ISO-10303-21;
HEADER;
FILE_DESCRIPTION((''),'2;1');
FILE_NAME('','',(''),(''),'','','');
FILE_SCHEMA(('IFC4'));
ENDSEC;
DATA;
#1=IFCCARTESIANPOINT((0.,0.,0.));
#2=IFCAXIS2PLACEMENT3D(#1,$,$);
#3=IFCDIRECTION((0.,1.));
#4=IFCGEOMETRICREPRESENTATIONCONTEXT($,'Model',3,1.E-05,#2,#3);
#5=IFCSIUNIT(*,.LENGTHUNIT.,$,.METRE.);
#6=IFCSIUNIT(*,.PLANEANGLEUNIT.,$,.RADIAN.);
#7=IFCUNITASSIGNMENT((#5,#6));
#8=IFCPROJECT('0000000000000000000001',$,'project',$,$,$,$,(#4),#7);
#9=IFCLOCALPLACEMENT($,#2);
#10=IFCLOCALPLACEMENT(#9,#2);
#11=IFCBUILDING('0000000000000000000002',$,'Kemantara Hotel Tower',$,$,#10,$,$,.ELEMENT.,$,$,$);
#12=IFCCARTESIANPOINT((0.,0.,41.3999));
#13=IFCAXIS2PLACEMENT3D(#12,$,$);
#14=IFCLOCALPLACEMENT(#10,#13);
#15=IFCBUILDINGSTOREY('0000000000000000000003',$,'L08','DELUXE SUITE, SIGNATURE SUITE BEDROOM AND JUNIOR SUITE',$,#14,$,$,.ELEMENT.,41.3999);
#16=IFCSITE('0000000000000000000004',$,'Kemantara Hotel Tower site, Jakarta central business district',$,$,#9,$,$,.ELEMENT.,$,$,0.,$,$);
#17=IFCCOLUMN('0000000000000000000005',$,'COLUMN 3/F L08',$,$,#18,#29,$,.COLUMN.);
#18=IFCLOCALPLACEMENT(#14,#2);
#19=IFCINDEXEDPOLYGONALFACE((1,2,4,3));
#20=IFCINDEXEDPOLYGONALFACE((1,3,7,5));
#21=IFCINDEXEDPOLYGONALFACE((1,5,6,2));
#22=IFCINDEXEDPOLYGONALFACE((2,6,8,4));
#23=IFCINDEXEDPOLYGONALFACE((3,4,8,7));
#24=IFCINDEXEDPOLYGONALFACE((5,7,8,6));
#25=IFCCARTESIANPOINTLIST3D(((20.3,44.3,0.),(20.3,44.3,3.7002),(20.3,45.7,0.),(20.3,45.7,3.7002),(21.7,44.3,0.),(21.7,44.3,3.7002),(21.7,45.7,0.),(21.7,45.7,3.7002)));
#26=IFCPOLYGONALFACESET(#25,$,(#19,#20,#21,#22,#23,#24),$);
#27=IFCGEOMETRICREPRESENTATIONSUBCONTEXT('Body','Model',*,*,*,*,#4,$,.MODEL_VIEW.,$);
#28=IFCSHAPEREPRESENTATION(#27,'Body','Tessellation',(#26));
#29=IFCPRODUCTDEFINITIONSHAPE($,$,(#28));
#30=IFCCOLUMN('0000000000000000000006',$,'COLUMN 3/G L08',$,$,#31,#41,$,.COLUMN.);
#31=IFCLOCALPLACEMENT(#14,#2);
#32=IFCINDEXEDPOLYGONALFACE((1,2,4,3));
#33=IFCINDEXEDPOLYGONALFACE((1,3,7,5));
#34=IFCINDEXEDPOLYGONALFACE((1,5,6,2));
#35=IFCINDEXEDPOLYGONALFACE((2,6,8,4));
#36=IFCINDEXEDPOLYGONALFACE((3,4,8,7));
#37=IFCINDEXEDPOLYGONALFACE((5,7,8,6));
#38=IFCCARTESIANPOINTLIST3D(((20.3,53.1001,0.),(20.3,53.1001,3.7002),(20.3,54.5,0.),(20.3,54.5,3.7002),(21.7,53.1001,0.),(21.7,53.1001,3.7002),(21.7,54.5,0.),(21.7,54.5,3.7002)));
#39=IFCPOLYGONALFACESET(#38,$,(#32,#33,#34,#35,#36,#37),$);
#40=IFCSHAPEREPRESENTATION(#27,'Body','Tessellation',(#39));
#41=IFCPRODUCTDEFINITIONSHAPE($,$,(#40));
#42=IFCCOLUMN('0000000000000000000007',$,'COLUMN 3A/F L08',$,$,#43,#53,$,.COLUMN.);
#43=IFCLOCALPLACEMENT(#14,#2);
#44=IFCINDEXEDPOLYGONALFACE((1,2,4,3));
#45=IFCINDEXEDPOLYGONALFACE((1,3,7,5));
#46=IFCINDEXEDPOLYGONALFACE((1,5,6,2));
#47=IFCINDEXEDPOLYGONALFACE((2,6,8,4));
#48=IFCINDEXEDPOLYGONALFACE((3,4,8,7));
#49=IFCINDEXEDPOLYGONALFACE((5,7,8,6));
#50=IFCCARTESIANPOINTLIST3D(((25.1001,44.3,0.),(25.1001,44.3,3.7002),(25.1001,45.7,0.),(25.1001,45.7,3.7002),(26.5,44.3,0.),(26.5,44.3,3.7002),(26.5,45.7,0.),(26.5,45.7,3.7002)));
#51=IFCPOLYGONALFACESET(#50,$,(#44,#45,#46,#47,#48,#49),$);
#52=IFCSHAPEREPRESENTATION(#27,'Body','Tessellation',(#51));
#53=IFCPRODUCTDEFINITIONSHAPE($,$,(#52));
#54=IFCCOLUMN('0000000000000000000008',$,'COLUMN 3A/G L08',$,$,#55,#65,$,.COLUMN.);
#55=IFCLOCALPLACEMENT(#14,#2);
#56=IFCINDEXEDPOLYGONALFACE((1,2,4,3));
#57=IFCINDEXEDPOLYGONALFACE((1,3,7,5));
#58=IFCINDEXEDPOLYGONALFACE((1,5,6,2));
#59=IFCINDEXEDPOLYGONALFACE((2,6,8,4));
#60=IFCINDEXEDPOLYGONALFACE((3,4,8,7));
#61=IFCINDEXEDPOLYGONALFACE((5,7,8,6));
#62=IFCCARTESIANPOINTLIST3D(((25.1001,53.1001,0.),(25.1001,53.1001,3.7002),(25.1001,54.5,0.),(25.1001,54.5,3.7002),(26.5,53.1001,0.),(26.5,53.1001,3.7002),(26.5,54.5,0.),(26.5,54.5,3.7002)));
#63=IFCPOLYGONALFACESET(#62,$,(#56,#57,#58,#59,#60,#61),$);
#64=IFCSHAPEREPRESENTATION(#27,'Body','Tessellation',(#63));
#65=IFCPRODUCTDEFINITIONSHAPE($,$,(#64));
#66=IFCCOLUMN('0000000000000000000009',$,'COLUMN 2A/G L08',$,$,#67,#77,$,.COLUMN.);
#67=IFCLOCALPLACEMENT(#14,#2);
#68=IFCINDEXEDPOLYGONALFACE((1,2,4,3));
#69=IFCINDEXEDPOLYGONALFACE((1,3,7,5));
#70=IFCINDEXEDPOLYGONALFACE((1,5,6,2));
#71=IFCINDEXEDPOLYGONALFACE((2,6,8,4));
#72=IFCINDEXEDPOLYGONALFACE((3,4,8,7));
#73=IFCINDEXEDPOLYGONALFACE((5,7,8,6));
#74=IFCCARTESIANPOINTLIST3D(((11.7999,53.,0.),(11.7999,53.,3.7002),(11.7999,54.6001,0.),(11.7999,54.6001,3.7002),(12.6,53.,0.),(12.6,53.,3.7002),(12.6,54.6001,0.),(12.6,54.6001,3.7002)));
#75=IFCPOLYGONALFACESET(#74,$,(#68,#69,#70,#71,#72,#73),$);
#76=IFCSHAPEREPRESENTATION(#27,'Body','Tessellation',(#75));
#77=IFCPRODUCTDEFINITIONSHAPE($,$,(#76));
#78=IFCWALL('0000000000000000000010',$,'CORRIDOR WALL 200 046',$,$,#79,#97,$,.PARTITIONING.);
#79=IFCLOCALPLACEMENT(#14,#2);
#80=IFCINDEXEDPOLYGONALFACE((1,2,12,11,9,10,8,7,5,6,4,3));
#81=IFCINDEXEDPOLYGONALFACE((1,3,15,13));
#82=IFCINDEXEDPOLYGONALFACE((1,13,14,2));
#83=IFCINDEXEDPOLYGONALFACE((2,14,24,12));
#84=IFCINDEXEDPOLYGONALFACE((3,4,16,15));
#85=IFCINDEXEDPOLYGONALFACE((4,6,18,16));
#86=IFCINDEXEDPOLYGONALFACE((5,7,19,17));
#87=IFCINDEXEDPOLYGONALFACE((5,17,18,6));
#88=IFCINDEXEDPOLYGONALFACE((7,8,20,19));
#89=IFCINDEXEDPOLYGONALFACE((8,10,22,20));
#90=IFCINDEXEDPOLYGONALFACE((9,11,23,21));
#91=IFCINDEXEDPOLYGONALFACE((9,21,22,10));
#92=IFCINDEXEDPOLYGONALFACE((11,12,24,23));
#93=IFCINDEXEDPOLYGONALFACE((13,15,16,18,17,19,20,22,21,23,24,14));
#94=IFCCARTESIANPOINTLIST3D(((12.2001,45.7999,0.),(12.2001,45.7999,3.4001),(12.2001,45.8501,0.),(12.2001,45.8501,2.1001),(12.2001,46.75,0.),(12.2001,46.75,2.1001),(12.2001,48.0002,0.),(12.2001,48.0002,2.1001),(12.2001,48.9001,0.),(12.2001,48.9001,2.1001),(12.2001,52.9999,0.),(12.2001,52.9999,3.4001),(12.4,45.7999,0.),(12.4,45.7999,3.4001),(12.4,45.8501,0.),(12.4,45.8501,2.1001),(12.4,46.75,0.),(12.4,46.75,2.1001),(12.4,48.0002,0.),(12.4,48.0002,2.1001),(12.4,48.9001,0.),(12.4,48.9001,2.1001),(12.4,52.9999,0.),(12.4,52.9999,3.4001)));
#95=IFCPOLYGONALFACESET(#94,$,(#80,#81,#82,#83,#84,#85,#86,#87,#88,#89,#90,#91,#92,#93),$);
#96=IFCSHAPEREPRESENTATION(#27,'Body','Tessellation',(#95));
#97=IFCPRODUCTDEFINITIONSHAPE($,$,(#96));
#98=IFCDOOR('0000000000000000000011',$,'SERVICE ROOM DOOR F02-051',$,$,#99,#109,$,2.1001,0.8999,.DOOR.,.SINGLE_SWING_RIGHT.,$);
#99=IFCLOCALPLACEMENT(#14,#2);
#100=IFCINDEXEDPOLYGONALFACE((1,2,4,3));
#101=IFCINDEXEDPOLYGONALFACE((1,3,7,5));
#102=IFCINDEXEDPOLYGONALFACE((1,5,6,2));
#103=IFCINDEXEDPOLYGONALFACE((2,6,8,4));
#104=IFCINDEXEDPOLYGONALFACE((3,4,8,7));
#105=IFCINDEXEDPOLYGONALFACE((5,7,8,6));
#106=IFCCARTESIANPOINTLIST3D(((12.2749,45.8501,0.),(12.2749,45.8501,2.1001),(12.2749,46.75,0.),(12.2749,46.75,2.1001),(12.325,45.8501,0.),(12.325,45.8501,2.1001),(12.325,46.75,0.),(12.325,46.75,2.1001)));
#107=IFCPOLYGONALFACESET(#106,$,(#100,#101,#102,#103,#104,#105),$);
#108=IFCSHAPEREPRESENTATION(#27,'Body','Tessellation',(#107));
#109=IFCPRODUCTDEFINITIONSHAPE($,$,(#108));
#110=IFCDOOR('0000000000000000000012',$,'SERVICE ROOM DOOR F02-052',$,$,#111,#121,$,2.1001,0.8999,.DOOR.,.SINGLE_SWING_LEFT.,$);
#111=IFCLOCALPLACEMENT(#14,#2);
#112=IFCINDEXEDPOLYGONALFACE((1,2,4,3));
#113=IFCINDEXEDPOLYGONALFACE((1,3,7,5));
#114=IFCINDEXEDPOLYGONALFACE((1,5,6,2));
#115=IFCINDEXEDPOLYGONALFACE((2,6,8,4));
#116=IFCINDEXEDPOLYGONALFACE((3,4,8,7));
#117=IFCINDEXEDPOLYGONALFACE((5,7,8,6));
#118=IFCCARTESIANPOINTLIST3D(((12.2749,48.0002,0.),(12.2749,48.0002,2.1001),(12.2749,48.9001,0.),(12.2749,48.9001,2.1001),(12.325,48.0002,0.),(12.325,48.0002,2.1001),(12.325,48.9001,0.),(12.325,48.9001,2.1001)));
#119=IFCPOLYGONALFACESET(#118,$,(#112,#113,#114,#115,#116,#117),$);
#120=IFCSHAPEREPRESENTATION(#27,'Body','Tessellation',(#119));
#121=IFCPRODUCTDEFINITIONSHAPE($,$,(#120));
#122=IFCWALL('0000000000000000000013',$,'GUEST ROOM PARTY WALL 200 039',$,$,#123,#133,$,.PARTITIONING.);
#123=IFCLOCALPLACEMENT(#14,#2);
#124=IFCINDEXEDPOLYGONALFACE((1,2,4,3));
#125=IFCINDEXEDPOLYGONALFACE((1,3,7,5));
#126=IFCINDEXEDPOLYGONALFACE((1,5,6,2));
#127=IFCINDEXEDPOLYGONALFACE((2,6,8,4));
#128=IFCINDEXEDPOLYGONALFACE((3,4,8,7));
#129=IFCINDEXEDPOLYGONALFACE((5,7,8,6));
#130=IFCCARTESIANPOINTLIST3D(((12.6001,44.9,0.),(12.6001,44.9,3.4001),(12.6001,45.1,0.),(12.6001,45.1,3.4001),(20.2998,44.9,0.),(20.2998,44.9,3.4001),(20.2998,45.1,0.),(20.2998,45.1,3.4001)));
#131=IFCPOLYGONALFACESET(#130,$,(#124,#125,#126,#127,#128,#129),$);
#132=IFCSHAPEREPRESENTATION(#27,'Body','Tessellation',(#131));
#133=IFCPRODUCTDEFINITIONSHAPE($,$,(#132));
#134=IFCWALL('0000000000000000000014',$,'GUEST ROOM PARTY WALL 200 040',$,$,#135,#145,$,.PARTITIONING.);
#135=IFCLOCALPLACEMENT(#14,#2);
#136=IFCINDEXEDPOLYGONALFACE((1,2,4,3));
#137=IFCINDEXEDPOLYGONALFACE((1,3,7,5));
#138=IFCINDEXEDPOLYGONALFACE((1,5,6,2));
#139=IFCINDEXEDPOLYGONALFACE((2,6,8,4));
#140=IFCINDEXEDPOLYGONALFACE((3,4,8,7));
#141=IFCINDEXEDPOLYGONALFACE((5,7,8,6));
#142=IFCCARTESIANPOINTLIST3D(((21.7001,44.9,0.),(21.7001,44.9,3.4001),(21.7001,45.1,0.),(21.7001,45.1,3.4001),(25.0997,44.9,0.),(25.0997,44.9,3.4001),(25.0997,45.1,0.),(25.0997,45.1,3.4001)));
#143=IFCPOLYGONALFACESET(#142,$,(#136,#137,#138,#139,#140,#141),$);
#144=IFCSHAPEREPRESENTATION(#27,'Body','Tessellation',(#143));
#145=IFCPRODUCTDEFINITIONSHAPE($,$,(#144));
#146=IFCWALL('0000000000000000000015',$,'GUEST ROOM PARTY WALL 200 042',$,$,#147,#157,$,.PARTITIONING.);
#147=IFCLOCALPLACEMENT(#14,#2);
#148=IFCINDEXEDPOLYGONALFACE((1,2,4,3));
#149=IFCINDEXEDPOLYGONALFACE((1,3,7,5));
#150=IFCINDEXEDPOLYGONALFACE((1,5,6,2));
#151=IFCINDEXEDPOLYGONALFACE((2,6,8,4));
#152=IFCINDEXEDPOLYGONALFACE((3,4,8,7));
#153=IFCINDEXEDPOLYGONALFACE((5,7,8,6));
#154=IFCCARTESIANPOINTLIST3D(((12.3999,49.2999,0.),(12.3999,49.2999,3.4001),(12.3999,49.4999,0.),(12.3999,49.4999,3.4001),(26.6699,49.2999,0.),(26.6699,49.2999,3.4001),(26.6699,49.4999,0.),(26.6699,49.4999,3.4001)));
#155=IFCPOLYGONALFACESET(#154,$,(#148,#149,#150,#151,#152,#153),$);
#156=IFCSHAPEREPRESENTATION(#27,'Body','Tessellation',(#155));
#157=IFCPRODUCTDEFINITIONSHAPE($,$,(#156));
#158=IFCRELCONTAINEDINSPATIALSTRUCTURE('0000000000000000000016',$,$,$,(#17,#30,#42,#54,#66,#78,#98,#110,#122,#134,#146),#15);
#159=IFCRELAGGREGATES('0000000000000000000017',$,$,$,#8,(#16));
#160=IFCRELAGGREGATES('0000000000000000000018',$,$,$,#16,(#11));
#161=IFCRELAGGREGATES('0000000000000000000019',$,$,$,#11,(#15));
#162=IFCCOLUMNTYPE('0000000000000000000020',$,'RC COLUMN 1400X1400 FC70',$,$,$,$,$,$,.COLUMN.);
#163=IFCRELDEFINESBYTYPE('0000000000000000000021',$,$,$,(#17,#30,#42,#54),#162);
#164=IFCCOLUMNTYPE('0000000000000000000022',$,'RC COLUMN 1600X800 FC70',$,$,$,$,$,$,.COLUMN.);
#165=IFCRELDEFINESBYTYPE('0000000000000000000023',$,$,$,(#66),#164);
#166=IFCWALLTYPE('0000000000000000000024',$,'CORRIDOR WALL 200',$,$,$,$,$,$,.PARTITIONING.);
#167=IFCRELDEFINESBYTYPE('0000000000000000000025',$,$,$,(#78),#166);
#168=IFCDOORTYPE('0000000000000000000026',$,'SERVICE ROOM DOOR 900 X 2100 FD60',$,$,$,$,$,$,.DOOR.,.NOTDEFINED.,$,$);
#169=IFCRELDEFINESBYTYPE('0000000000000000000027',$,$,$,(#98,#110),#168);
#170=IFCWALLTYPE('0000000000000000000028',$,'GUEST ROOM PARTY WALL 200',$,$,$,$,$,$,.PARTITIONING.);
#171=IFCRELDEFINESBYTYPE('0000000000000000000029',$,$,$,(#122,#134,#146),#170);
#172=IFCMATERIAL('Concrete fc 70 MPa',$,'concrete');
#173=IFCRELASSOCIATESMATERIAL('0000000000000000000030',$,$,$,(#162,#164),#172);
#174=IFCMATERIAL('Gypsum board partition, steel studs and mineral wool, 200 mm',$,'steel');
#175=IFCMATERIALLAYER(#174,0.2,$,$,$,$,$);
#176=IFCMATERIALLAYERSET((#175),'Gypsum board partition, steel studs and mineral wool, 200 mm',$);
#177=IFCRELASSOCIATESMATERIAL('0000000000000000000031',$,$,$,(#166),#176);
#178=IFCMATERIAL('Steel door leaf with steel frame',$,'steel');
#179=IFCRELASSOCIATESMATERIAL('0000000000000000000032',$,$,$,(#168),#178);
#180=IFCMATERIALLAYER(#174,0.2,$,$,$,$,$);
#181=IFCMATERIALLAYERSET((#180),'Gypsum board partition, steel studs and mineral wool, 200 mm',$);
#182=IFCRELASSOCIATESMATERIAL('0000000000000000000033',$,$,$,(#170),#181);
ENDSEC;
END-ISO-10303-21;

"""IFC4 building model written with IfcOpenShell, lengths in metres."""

from ifc_helpers import new_model, si_unit, direction, frame, frame_2d, origin, origin_2d, place, context, subcontext, project, spatial, rectangle, extrude, material, layer, layer_set, material_profile, profile_set, type_object, element, fill, save


model = new_model("IFC4")

# Units and contexts
model_context = context("Model", 3, precision=1e-05, world=origin(), true_north=direction((0.0, 1.0)))
body_context = subcontext(model_context, "Body", "Model", "MODEL_VIEW")
ifc_project = project(units=[si_unit("LENGTHUNIT", "METRE"), si_unit("PLANEANGLEUNIT", "RADIAN")], contexts=[model_context])

# Site, building, storey
site_placement = place(None, origin())
site = spatial("IfcSite", under=ifc_project, at=site_placement, Name="Kemantara Hotel Tower site, Jakarta central business district", CompositionType="ELEMENT", RefElevation=0.0)
building_placement = place(site_placement, origin())
building = spatial("IfcBuilding", under=site, at=building_placement, Name="Kemantara Hotel Tower", CompositionType="ELEMENT")
storey_placement = place(building_placement, frame((0.0, 0.0, 41.3999)))
storey = spatial("IfcBuildingStorey", under=building, at=storey_placement, Name="L08", Description="DELUXE SUITE, SIGNATURE SUITE BEDROOM AND JUNIOR SUITE", CompositionType="ELEMENT", Elevation=41.3999)

# Columns
ifc_material_1 = material(Name="Concrete fc 70 MPa", Category="concrete")
ifc_material_profile_1 = material_profile(ifc_material_1, rectangle(XDim=1.3999, YDim=1.3999, at=origin_2d()), Name="RC 1400X1400")
ifc_profile_set_1 = profile_set([ifc_material_profile_1], Name="Concrete fc 70 MPa")
column_type_1 = type_object("IfcColumnType", Name="RC COLUMN 1400X1400 FC70", PredefinedType="COLUMN", material=ifc_profile_set_1)
for number, where, z_axis, x_axis, name in (
    (1, (21.0, 45.0, 0.0), (0.0, 0.0, 1.0), (1.0, 0.0, 0.0), "COLUMN 3/F L08"),
    (2, (21.0, 53.8, 0.0), (0.0, 0.0, 1.0), (1.0, 0.0, 0.0), "COLUMN 3/G L08"),
    (3, (25.8, 45.0, 0.0), (0.0, 0.0, 1.0), (1.0, 0.0, 0.0), "COLUMN 3A/F L08"),
    (4, (25.8, 53.8, 0.0), (0.0, 0.0, 1.0), (1.0, 0.0, 0.0), "COLUMN 3A/G L08"),
):
    element("IfcColumn", number, at=place(storey_placement, frame(where, z_axis=z_axis, x_axis=x_axis)), inside=storey, type_object=column_type_1, Name=name, PredefinedType="COLUMN", context=body_context, shape_type="SweptSolid", body=[
        extrude(rectangle(XDim=1.3999, YDim=1.3999, at=origin_2d()), origin(), (0.0, 0.0, 1.0), 3.7002),
    ])
ifc_material_profile_2 = material_profile(ifc_material_1, rectangle(XDim=1.6001, YDim=0.8, at=origin_2d()), Name="RC 1600X800")
ifc_profile_set_2 = profile_set([ifc_material_profile_2], Name="Concrete fc 70 MPa")
column_type_2 = type_object("IfcColumnType", Name="RC COLUMN 1600X800 FC70", PredefinedType="COLUMN", material=ifc_profile_set_2)
column_placement = place(storey_placement, frame((12.2, 53.8, 0.0), z_axis=(0.0, 0.0, 1.0), x_axis=(0.0, 1.0, 0.0)))
element("IfcColumn", 5, at=column_placement, inside=storey, type_object=column_type_2, Name="COLUMN 2A/G L08", PredefinedType="COLUMN", context=body_context, shape_type="SweptSolid", body=[
    extrude(rectangle(XDim=1.6001, YDim=0.8, at=origin_2d()), origin(), (0.0, 0.0, 1.0), 3.7002),
])

# Wall, openings, doors
ifc_material_2 = material(Name="Gypsum board partition, steel studs and mineral wool, 200 mm", Category="steel")
ifc_layer_1 = layer(ifc_material_2, 0.2)
ifc_layer_set_1 = layer_set([ifc_layer_1], Name="Gypsum board partition, steel studs and mineral wool, 200 mm")
wall_type_1 = type_object("IfcWallType", Name="CORRIDOR WALL 200", PredefinedType="PARTITIONING", material=ifc_layer_set_1)
wall_1_placement = place(storey_placement, frame((12.3, 53.0, 0.0), z_axis=(0.0, 0.0, 1.0), x_axis=(0.0, -1.0, 0.0)))
wall_1 = element("IfcWall", 6, at=wall_1_placement, inside=storey, type_object=wall_type_1, Name="CORRIDOR WALL 200 046", PredefinedType="PARTITIONING", context=body_context, shape_type="SweptSolid", body=[
    extrude(rectangle(XDim=7.2, YDim=0.2, at=frame_2d((3.6001, 0.0))), origin(), (0.0, 0.0, 1.0), 3.4001),
])
opening_1_placement = place(wall_1_placement, frame((6.25, 0.0, 0.0)))
opening_1 = element("IfcOpeningElement", 7, at=opening_1_placement, cuts=wall_1, PredefinedType="OPENING", context=body_context, shape_type="SweptSolid", body=[
    extrude(rectangle(XDim=0.8999, YDim=2.1001, at=frame_2d((0.45, 1.05))), frame((0.0, 0.1099, 0.0), z_axis=(0.0, -1.0, 0.0), x_axis=(1.0, 0.0, 0.0)), (0.0, 0.0, 1.0), 0.22),
])
opening_2_placement = place(wall_1_placement, frame((4.0999, 0.0, 0.0)))
opening_2 = element("IfcOpeningElement", 8, at=opening_2_placement, cuts=wall_1, PredefinedType="OPENING", context=body_context, shape_type="SweptSolid", body=[
    extrude(rectangle(XDim=0.8999, YDim=2.1001, at=frame_2d((0.45, 1.05))), frame((0.0, 0.1099, 0.0), z_axis=(0.0, -1.0, 0.0), x_axis=(1.0, 0.0, 0.0)), (0.0, 0.0, 1.0), 0.22),
])
ifc_material_3 = material(Name="Steel door leaf with steel frame", Category="steel")
door_type_1 = type_object("IfcDoorType", Name="SERVICE ROOM DOOR 900 X 2100 FD60", OperationType="NOTDEFINED", PredefinedType="DOOR", material=ifc_material_3)
door_1_placement = place(opening_1_placement, origin())
door_1 = element("IfcDoor", 9, at=door_1_placement, inside=storey, type_object=door_type_1, Name="SERVICE ROOM DOOR F02-051", OperationType="SINGLE_SWING_RIGHT", OverallHeight=2.1001, OverallWidth=0.8999, PredefinedType="DOOR", context=body_context, shape_type="SweptSolid", body=[
    extrude(rectangle(XDim=0.8999, YDim=2.1001, at=frame_2d((0.45, 1.05))), frame((0.0, 0.0249, 0.0), z_axis=(0.0, -1.0, 0.0), x_axis=(1.0, 0.0, 0.0)), (0.0, 0.0, 1.0), 0.05),
])
fill(opening_1, door_1)
door_2_placement = place(opening_2_placement, origin())
door_2 = element("IfcDoor", 10, at=door_2_placement, inside=storey, type_object=door_type_1, Name="SERVICE ROOM DOOR F02-052", OperationType="SINGLE_SWING_LEFT", OverallHeight=2.1001, OverallWidth=0.8999, PredefinedType="DOOR", context=body_context, shape_type="SweptSolid", body=[
    extrude(rectangle(XDim=0.8999, YDim=2.1001, at=frame_2d((0.45, 1.05))), frame((0.0, 0.0249, 0.0), z_axis=(0.0, -1.0, 0.0), x_axis=(1.0, 0.0, 0.0)), (0.0, 0.0, 1.0), 0.05),
])
fill(opening_2, door_2)

# Walls
ifc_layer_2 = layer(ifc_material_2, 0.2)
ifc_layer_set_2 = layer_set([ifc_layer_2], Name="Gypsum board partition, steel studs and mineral wool, 200 mm")
wall_type_2 = type_object("IfcWallType", Name="GUEST ROOM PARTY WALL 200", PredefinedType="PARTITIONING", material=ifc_layer_set_2)
wall_2_placement = place(storey_placement, frame((12.6001, 45.0, 0.0), z_axis=(0.0, 0.0, 1.0), x_axis=(1.0, 0.0, 0.0)))
element("IfcWall", 11, at=wall_2_placement, inside=storey, type_object=wall_type_2, Name="GUEST ROOM PARTY WALL 200 039", PredefinedType="PARTITIONING", context=body_context, shape_type="SweptSolid", body=[
    extrude(rectangle(XDim=7.6997, YDim=0.2, at=frame_2d((3.8499, 0.0))), origin(), (0.0, 0.0, 1.0), 3.4001),
])
wall_3_placement = place(storey_placement, frame((21.7002, 45.0, 0.0), z_axis=(0.0, 0.0, 1.0), x_axis=(1.0, 0.0, 0.0)))
element("IfcWall", 12, at=wall_3_placement, inside=storey, type_object=wall_type_2, Name="GUEST ROOM PARTY WALL 200 040", PredefinedType="PARTITIONING", context=body_context, shape_type="SweptSolid", body=[
    extrude(rectangle(XDim=3.3997, YDim=0.2, at=frame_2d((1.6997, 0.0))), origin(), (0.0, 0.0, 1.0), 3.4001),
])
wall_4_placement = place(storey_placement, frame((12.3999, 49.3999, 0.0), z_axis=(0.0, 0.0, 1.0), x_axis=(1.0, 0.0, 0.0)))
element("IfcWall", 13, at=wall_4_placement, inside=storey, type_object=wall_type_2, Name="GUEST ROOM PARTY WALL 200 042", PredefinedType="PARTITIONING", context=body_context, shape_type="SweptSolid", body=[
    extrude(rectangle(XDim=14.27, YDim=0.2, at=frame_2d((7.135, 0.0))), origin(), (0.0, 0.0, 1.0), 3.4001),
])

save(model, "model.ifc")
